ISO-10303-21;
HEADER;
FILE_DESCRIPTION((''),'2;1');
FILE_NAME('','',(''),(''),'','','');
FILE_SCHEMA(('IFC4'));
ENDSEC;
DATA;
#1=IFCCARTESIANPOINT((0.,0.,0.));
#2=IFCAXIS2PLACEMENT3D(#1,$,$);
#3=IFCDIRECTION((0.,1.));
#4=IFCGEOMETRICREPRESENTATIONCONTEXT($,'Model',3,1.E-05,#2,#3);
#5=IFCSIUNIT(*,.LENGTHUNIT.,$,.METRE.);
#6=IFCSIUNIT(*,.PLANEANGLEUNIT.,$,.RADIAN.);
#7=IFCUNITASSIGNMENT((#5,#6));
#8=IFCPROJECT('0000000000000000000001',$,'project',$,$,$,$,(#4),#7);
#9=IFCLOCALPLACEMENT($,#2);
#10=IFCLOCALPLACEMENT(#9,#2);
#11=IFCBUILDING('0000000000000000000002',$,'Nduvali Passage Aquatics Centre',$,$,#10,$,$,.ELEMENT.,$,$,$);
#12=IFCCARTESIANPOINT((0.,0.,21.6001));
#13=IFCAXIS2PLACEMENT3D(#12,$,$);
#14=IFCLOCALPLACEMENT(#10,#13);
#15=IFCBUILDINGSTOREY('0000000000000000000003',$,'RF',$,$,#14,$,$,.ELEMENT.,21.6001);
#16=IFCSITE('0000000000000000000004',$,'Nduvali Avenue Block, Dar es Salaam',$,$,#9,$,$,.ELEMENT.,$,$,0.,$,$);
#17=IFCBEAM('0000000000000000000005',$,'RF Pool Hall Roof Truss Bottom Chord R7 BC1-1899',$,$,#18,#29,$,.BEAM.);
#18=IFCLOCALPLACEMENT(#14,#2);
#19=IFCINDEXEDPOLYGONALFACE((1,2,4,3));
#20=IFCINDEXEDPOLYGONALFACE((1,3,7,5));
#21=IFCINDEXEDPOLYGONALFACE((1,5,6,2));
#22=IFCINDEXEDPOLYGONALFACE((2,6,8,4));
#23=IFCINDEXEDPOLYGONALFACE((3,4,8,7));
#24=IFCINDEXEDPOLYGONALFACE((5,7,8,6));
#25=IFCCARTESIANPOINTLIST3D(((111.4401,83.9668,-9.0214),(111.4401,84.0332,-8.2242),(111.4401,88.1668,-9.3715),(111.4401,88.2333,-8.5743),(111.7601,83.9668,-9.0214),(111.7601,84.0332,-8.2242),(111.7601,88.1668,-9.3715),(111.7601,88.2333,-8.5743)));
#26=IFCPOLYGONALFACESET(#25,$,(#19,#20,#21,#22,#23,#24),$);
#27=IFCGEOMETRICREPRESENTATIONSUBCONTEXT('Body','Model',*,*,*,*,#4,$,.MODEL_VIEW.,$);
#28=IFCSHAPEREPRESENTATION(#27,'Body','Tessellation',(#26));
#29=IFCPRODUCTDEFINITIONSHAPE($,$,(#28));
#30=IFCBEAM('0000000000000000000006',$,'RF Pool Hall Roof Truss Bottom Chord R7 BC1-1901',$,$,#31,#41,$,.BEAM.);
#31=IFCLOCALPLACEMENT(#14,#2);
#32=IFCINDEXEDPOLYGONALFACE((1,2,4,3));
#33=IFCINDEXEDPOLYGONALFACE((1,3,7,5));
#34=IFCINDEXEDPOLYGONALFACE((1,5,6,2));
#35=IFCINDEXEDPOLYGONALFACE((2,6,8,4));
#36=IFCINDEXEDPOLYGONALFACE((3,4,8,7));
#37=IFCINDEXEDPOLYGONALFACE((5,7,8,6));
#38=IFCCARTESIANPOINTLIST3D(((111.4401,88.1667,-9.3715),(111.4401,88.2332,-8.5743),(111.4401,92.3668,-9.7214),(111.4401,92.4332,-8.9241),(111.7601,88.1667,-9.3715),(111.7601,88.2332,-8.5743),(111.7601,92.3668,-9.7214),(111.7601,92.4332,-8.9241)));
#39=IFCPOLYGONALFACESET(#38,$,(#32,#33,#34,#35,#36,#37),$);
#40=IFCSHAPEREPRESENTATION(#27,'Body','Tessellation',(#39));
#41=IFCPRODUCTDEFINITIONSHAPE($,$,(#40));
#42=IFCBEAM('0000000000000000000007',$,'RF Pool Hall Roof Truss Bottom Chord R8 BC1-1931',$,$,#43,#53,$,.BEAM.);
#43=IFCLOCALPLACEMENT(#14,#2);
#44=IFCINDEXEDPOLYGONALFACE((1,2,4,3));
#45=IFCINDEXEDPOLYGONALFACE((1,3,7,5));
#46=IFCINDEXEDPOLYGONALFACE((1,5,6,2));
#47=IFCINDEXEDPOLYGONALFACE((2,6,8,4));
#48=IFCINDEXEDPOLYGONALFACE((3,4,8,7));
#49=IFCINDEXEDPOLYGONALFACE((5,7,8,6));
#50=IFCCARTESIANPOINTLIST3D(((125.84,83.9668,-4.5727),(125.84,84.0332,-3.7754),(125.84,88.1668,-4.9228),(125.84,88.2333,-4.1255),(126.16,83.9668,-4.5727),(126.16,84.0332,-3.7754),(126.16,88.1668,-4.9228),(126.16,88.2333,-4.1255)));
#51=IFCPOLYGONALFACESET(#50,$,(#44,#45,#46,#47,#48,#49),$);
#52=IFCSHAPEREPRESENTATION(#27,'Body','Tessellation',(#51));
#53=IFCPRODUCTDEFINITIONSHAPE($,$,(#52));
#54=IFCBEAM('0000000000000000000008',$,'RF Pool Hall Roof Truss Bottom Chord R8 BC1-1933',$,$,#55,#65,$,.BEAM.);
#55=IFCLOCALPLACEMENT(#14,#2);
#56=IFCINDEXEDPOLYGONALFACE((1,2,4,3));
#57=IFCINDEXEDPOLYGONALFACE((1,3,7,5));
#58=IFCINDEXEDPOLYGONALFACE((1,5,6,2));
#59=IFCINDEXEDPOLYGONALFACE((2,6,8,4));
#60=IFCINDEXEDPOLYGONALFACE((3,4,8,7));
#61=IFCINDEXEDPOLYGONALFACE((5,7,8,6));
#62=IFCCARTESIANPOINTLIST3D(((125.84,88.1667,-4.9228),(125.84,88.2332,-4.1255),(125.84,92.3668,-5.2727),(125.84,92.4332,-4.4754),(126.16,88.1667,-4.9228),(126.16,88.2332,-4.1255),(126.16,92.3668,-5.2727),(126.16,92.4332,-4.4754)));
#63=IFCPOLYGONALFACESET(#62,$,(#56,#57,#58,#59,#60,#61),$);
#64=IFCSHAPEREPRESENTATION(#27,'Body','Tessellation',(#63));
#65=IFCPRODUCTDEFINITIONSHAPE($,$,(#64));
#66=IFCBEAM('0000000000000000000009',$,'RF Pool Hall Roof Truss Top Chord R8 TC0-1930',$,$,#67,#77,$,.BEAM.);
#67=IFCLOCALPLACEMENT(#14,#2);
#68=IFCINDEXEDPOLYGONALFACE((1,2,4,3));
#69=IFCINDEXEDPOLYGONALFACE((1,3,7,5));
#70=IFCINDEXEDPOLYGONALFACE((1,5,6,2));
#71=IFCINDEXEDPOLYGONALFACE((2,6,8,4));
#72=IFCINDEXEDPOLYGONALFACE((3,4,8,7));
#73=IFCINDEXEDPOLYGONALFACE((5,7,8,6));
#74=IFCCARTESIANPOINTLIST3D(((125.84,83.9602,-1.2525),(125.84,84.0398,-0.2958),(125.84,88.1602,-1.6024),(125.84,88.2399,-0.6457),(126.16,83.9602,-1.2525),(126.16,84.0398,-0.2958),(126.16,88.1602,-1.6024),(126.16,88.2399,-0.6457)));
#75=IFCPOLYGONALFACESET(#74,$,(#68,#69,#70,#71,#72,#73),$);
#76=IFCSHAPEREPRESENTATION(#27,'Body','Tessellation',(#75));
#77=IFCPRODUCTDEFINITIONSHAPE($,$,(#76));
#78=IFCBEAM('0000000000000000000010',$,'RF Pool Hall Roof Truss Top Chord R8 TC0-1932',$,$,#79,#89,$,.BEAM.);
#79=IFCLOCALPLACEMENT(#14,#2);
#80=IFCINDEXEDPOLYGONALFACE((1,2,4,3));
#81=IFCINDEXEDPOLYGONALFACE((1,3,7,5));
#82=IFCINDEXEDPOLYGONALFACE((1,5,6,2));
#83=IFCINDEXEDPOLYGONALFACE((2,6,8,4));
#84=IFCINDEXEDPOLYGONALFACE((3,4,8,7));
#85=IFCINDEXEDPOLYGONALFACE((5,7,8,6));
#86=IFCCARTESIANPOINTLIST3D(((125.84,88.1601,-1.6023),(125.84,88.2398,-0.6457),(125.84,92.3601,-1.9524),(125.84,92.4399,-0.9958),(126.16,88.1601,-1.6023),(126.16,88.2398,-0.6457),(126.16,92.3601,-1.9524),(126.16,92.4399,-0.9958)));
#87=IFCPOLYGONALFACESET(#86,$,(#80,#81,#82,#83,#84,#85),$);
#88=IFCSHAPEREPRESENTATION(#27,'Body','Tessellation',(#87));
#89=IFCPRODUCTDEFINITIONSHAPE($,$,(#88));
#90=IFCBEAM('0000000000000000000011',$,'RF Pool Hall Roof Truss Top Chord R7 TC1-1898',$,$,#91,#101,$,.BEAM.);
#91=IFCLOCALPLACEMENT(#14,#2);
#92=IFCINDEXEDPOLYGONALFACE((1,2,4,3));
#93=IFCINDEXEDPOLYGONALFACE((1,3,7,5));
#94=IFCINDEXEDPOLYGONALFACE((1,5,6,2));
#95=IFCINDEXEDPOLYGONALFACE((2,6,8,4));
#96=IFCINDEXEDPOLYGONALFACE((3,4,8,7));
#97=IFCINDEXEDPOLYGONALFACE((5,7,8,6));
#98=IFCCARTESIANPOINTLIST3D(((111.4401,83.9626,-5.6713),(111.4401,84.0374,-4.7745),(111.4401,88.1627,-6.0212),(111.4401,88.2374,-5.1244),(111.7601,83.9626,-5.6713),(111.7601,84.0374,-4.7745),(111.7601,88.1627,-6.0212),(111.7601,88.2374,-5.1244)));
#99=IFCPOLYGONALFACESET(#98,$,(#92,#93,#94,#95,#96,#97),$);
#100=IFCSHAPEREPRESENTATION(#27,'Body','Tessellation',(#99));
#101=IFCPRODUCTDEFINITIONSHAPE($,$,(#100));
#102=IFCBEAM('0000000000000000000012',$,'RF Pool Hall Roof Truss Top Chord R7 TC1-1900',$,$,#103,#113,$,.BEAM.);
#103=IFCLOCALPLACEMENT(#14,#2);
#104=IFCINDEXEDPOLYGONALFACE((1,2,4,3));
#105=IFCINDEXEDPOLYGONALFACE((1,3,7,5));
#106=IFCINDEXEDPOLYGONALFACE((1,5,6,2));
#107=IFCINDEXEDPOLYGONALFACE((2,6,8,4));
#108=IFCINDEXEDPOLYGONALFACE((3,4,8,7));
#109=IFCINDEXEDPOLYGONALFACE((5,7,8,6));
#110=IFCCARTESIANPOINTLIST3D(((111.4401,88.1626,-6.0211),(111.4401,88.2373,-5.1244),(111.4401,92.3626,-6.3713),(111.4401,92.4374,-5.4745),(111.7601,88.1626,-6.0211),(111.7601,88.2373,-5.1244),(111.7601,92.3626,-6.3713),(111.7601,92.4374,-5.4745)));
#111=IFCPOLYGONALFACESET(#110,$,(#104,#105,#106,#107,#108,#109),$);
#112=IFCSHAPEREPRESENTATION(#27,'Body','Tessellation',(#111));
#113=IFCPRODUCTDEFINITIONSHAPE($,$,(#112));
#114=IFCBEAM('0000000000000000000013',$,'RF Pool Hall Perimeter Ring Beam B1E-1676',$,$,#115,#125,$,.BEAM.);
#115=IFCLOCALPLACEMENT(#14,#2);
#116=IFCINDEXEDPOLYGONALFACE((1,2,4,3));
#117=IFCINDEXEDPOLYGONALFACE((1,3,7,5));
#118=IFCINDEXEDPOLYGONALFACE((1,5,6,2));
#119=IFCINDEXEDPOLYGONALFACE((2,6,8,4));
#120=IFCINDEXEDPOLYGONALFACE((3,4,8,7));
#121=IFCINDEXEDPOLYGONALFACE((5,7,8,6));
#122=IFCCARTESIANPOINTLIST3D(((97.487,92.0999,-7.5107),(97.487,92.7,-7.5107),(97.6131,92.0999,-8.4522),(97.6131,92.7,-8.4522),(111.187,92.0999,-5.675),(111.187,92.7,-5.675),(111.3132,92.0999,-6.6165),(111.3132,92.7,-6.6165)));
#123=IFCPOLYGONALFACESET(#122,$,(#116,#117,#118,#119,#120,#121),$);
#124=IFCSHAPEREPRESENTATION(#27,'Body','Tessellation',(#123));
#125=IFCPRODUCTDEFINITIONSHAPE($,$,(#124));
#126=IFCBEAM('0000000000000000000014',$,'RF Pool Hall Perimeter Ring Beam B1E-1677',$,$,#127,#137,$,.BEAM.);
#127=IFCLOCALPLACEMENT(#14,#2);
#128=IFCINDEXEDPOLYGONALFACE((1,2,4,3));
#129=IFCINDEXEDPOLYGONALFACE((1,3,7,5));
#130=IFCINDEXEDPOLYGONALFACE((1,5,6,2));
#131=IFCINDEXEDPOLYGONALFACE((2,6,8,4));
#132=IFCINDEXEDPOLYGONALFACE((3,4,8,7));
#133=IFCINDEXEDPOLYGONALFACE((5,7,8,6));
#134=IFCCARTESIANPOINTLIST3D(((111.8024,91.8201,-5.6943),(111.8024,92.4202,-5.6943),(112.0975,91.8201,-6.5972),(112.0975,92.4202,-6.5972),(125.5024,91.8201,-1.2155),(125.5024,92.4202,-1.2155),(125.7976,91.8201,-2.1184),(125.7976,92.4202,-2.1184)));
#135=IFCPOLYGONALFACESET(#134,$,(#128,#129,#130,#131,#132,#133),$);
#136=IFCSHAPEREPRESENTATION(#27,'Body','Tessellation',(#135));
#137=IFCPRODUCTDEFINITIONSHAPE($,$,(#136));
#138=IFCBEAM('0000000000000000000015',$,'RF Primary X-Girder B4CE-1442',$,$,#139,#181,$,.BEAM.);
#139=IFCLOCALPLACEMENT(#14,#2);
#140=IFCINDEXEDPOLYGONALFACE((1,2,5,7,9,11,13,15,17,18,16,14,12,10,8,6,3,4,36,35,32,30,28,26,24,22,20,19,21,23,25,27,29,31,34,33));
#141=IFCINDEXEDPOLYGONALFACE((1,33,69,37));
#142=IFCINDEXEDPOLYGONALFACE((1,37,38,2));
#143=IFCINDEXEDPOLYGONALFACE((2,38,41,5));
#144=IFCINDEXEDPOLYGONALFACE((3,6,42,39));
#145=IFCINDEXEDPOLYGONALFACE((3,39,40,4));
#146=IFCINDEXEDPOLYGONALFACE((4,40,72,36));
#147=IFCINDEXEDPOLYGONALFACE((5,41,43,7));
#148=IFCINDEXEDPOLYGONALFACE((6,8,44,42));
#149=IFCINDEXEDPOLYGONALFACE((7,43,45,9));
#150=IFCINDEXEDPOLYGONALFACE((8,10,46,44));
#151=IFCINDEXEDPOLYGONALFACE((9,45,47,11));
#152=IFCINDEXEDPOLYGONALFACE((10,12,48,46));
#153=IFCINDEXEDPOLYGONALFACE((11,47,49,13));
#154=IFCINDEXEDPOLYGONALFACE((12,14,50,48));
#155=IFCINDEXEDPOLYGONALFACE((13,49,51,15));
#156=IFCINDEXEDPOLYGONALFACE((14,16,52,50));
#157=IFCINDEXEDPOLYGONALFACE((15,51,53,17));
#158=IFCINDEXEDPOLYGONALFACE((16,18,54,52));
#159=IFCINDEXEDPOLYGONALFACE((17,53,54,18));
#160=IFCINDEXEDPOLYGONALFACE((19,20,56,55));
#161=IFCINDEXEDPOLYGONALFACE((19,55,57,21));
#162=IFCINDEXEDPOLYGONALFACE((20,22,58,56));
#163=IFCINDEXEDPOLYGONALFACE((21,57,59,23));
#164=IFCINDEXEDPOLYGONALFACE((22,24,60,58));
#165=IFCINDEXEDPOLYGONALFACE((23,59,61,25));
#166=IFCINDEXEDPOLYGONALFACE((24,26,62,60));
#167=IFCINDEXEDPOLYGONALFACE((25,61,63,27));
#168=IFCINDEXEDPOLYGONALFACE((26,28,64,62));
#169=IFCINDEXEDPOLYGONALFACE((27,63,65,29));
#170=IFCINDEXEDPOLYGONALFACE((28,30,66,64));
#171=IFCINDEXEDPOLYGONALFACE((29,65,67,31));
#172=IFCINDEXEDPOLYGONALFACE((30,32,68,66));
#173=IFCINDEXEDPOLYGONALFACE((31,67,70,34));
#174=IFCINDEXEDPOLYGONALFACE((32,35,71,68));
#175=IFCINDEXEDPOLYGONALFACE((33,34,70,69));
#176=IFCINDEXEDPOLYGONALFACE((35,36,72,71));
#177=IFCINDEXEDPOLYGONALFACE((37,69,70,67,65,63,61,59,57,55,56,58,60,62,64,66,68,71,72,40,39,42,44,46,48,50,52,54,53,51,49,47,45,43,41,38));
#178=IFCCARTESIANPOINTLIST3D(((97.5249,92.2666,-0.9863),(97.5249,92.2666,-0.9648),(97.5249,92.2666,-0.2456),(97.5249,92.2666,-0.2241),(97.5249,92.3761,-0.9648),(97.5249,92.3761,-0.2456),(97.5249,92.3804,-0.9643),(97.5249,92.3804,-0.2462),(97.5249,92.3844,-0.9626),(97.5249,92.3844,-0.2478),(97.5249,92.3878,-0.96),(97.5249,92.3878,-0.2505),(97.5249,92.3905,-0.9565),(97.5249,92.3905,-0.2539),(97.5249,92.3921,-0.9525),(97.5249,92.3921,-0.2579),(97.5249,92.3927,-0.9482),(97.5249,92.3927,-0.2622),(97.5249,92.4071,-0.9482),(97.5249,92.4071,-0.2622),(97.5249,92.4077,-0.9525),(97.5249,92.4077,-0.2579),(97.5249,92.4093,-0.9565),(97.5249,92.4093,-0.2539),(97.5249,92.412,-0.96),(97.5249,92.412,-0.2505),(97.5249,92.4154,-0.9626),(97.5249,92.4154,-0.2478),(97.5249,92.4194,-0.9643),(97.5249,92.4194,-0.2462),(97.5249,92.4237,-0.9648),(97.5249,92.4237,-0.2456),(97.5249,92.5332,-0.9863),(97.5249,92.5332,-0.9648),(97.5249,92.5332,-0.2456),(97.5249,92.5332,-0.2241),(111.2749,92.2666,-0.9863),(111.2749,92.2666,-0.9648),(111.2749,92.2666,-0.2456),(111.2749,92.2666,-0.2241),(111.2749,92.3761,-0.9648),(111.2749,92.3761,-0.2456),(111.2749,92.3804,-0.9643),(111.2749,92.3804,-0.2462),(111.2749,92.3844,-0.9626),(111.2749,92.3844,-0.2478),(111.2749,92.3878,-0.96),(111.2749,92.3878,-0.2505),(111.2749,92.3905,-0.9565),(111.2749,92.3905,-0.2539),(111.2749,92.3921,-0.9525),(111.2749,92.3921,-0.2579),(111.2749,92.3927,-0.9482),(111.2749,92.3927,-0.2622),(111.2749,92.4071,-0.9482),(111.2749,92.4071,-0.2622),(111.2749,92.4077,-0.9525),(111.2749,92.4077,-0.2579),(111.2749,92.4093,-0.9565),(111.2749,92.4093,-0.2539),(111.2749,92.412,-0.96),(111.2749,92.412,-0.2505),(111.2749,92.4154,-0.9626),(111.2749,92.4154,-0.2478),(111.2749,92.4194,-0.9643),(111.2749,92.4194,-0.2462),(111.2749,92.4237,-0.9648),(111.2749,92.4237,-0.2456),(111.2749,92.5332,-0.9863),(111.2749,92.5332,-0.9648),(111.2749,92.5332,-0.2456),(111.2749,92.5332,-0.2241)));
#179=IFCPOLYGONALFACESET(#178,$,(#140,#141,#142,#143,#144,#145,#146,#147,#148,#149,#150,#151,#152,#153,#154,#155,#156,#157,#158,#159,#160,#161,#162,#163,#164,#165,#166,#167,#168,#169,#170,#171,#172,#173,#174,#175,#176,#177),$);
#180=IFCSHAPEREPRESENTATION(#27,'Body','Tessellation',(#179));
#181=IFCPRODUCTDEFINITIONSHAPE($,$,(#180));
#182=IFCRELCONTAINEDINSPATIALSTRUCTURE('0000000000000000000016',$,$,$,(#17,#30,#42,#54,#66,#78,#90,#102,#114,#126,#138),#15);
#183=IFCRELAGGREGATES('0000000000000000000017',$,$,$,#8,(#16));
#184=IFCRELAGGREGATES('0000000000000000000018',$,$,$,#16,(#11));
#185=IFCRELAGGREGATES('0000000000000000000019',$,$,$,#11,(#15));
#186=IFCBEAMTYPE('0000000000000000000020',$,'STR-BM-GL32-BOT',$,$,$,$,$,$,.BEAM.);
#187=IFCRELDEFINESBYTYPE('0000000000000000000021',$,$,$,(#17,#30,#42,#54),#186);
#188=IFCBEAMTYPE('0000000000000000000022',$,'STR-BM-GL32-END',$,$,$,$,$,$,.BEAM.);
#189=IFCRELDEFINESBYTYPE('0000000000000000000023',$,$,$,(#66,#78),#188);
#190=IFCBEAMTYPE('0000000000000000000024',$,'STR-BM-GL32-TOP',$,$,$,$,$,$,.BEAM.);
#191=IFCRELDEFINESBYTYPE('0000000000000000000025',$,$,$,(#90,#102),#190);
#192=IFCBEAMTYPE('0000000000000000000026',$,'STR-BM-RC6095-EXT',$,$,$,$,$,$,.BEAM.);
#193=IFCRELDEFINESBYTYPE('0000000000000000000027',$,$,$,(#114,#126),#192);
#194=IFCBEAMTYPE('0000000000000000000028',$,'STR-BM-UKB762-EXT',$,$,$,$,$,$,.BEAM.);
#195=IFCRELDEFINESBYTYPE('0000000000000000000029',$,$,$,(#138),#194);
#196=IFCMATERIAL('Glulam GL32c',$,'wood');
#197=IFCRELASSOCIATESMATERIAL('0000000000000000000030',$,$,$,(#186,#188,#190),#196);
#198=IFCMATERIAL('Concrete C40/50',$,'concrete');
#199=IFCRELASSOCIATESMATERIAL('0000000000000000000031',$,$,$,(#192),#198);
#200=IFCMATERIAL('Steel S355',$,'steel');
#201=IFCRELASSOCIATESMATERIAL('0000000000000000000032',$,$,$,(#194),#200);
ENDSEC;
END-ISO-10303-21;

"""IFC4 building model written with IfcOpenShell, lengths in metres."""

from ifc_helpers import new_model, si_unit, direction, frame, origin, origin_2d, place, context, subcontext, project, spatial, rectangle, i_section, extrude, material, material_profile, profile_set, type_object, element, save


model = new_model("IFC4")

# Units and contexts
model_context = context("Model", 3, precision=1e-05, world=origin(), true_north=direction((0.0, 1.0)))
body_context = subcontext(model_context, "Body", "Model", "MODEL_VIEW")
ifc_project = project(units=[si_unit("LENGTHUNIT", "METRE"), si_unit("PLANEANGLEUNIT", "RADIAN")], contexts=[model_context])

# Site, building, storey
site_placement = place(None, origin())
site = spatial("IfcSite", under=ifc_project, at=site_placement, Name="Nduvali Avenue Block, Dar es Salaam", CompositionType="ELEMENT", RefElevation=0.0)
building_placement = place(site_placement, origin())
building = spatial("IfcBuilding", under=site, at=building_placement, Name="Nduvali Passage Aquatics Centre", CompositionType="ELEMENT")
storey_placement = place(building_placement, frame((0.0, 0.0, 21.6001)))
storey = spatial("IfcBuildingStorey", under=building, at=storey_placement, Name="RF", CompositionType="ELEMENT", Elevation=21.6001)

# Beams
ifc_material_1 = material(Name="Glulam GL32c", Category="wood")
ifc_material_profile_1 = material_profile(ifc_material_1, rectangle(XDim=0.3201, YDim=0.8, at=origin_2d()), Name="GL32c 320x800")
ifc_profile_set_1 = profile_set([ifc_material_profile_1], Name="Glulam GL32c")
beam_type_1 = type_object("IfcBeamType", Name="STR-BM-GL32-BOT", PredefinedType="BEAM", material=ifc_profile_set_1)
for number, where, z_axis, x_axis, name in (
    (1, (111.6001, 84.0, -8.6228), (0.0, 0.996544, -0.083069), (-1.0, 0.0, 0.0), "RF Pool Hall Roof Truss Bottom Chord R7 BC1-1899"),
    (2, (111.6001, 88.2, -8.9729), (0.0, 0.996549, -0.083012), (-1.0, 0.0, 0.0), "RF Pool Hall Roof Truss Bottom Chord R7 BC1-1901"),
    (3, (126.0, 84.0, -4.1741), (0.0, 0.996544, -0.083069), (-1.0, 0.0, 0.0), "RF Pool Hall Roof Truss Bottom Chord R8 BC1-1931"),
    (4, (126.0, 88.2, -4.5242), (0.0, 0.996549, -0.083012), (-1.0, 0.0, 0.0), "RF Pool Hall Roof Truss Bottom Chord R8 BC1-1933"),
):
    element("IfcBeam", number, at=place(storey_placement, frame(where, z_axis=z_axis, x_axis=x_axis)), inside=storey, type_object=beam_type_1, Name=name, PredefinedType="BEAM", context=body_context, shape_type="SweptSolid", body=[
        extrude(rectangle(XDim=0.3201, YDim=0.8, at=origin_2d()), origin(), (0.0, 0.0, 1.0), 4.2146),
    ])
ifc_material_profile_2 = material_profile(ifc_material_1, rectangle(XDim=0.3201, YDim=0.96, at=origin_2d()), Name="GL32c 320x960")
ifc_profile_set_2 = profile_set([ifc_material_profile_2], Name="Glulam GL32c")
beam_type_2 = type_object("IfcBeamType", Name="STR-BM-GL32-END", PredefinedType="BEAM", material=ifc_profile_set_2)
for number, where, z_axis, x_axis, name in (
    (5, (126.0, 84.0, -0.7742), (0.0, 0.996549, -0.083012), (-1.0, 0.0, 0.0), "RF Pool Hall Roof Truss Top Chord R8 TC0-1930"),
    (6, (126.0, 88.2, -1.124), (0.0, 0.996544, -0.083069), (-1.0, 0.0, 0.0), "RF Pool Hall Roof Truss Top Chord R8 TC0-1932"),
):
    element("IfcBeam", number, at=place(storey_placement, frame(where, z_axis=z_axis, x_axis=x_axis)), inside=storey, type_object=beam_type_2, Name=name, PredefinedType="BEAM", context=body_context, shape_type="SweptSolid", body=[
        extrude(rectangle(XDim=0.3201, YDim=0.96, at=origin_2d()), origin(), (0.0, 0.0, 1.0), 4.2146),
    ])
ifc_material_profile_3 = material_profile(ifc_material_1, rectangle(XDim=0.3201, YDim=0.8999, at=origin_2d()), Name="GL32c 320x900")
ifc_profile_set_3 = profile_set([ifc_material_profile_3], Name="Glulam GL32c")
beam_type_3 = type_object("IfcBeamType", Name="STR-BM-GL32-TOP", PredefinedType="BEAM", material=ifc_profile_set_3)
for number, where, z_axis, x_axis, name in (
    (7, (111.6001, 84.0, -5.2229), (0.0, 0.996549, -0.083012), (-1.0, 0.0, 0.0), "RF Pool Hall Roof Truss Top Chord R7 TC1-1898"),
    (8, (111.6001, 88.2, -5.5728), (0.0, 0.996544, -0.083069), (-1.0, 0.0, 0.0), "RF Pool Hall Roof Truss Top Chord R7 TC1-1900"),
):
    element("IfcBeam", number, at=place(storey_placement, frame(where, z_axis=z_axis, x_axis=x_axis)), inside=storey, type_object=beam_type_3, Name=name, PredefinedType="BEAM", context=body_context, shape_type="SweptSolid", body=[
        extrude(rectangle(XDim=0.3201, YDim=0.8999, at=origin_2d()), origin(), (0.0, 0.0, 1.0), 4.2146),
    ])
ifc_material_2 = material(Name="Concrete C40/50", Category="concrete")
ifc_material_profile_4 = material_profile(ifc_material_2, rectangle(XDim=0.6001, YDim=0.95, at=origin_2d()), Name="RC 600x950")
ifc_profile_set_4 = profile_set([ifc_material_profile_4], Name="Concrete C40/50")
beam_type_4 = type_object("IfcBeamType", Name="STR-BM-RC6095-EXT", PredefinedType="BEAM", material=ifc_profile_set_4)
beam_1_placement = place(storey_placement, frame((97.55, 92.3999, -7.9814), z_axis=(0.991142, 0.0, 0.132806), x_axis=(0.0, 1.0, 0.0)))
element("IfcBeam", 9, at=beam_1_placement, inside=storey, type_object=beam_type_4, Name="RF Pool Hall Perimeter Ring Beam B1E-1676", PredefinedType="BEAM", context=body_context, shape_type="SweptSolid", body=[
    extrude(rectangle(XDim=0.6001, YDim=0.95, at=origin_2d()), origin(), (0.0, 0.0, 1.0), 13.8225),
])
beam_2_placement = place(storey_placement, frame((111.95, 92.1201, -6.1458), z_axis=(0.950497, 0.0, 0.310734), x_axis=(0.0, 1.0, 0.0)))
element("IfcBeam", 10, at=beam_2_placement, inside=storey, type_object=beam_type_4, Name="RF Pool Hall Perimeter Ring Beam B1E-1677", PredefinedType="BEAM", context=body_context, shape_type="SweptSolid", body=[
    extrude(rectangle(XDim=0.6001, YDim=0.95, at=origin_2d()), origin(), (0.0, 0.0, 1.0), 14.4136),
])
ifc_material_3 = material(Name="Steel S355", Category="steel")
ifc_material_profile_5 = material_profile(ifc_material_3, i_section(OverallWidth=0.2666, OverallDepth=0.7622, WebThickness=0.0144, FlangeThickness=0.0215, FilletRadius=0.0166, at=origin_2d()), Name="UKB 762x267x173")
ifc_profile_set_5 = profile_set([ifc_material_profile_5], Name="Steel S355")
beam_type_5 = type_object("IfcBeamType", Name="STR-BM-UKB762-EXT", PredefinedType="BEAM", material=ifc_profile_set_5)
beam_3_placement = place(storey_placement, frame((97.5249, 92.3999, -0.6052), z_axis=(1.0, 0.0, 0.0), x_axis=(0.0, 1.0, 0.0)))
element("IfcBeam", 11, at=beam_3_placement, inside=storey, type_object=beam_type_5, Name="RF Primary X-Girder B4CE-1442", PredefinedType="BEAM", context=body_context, shape_type="SweptSolid", body=[
    extrude(i_section(OverallWidth=0.2666, OverallDepth=0.7622, WebThickness=0.0144, FlangeThickness=0.0215, FilletRadius=0.0166, at=origin_2d()), origin(), (0.0, 0.0, 1.0), 13.75),
])

save(model, "model.ifc")
